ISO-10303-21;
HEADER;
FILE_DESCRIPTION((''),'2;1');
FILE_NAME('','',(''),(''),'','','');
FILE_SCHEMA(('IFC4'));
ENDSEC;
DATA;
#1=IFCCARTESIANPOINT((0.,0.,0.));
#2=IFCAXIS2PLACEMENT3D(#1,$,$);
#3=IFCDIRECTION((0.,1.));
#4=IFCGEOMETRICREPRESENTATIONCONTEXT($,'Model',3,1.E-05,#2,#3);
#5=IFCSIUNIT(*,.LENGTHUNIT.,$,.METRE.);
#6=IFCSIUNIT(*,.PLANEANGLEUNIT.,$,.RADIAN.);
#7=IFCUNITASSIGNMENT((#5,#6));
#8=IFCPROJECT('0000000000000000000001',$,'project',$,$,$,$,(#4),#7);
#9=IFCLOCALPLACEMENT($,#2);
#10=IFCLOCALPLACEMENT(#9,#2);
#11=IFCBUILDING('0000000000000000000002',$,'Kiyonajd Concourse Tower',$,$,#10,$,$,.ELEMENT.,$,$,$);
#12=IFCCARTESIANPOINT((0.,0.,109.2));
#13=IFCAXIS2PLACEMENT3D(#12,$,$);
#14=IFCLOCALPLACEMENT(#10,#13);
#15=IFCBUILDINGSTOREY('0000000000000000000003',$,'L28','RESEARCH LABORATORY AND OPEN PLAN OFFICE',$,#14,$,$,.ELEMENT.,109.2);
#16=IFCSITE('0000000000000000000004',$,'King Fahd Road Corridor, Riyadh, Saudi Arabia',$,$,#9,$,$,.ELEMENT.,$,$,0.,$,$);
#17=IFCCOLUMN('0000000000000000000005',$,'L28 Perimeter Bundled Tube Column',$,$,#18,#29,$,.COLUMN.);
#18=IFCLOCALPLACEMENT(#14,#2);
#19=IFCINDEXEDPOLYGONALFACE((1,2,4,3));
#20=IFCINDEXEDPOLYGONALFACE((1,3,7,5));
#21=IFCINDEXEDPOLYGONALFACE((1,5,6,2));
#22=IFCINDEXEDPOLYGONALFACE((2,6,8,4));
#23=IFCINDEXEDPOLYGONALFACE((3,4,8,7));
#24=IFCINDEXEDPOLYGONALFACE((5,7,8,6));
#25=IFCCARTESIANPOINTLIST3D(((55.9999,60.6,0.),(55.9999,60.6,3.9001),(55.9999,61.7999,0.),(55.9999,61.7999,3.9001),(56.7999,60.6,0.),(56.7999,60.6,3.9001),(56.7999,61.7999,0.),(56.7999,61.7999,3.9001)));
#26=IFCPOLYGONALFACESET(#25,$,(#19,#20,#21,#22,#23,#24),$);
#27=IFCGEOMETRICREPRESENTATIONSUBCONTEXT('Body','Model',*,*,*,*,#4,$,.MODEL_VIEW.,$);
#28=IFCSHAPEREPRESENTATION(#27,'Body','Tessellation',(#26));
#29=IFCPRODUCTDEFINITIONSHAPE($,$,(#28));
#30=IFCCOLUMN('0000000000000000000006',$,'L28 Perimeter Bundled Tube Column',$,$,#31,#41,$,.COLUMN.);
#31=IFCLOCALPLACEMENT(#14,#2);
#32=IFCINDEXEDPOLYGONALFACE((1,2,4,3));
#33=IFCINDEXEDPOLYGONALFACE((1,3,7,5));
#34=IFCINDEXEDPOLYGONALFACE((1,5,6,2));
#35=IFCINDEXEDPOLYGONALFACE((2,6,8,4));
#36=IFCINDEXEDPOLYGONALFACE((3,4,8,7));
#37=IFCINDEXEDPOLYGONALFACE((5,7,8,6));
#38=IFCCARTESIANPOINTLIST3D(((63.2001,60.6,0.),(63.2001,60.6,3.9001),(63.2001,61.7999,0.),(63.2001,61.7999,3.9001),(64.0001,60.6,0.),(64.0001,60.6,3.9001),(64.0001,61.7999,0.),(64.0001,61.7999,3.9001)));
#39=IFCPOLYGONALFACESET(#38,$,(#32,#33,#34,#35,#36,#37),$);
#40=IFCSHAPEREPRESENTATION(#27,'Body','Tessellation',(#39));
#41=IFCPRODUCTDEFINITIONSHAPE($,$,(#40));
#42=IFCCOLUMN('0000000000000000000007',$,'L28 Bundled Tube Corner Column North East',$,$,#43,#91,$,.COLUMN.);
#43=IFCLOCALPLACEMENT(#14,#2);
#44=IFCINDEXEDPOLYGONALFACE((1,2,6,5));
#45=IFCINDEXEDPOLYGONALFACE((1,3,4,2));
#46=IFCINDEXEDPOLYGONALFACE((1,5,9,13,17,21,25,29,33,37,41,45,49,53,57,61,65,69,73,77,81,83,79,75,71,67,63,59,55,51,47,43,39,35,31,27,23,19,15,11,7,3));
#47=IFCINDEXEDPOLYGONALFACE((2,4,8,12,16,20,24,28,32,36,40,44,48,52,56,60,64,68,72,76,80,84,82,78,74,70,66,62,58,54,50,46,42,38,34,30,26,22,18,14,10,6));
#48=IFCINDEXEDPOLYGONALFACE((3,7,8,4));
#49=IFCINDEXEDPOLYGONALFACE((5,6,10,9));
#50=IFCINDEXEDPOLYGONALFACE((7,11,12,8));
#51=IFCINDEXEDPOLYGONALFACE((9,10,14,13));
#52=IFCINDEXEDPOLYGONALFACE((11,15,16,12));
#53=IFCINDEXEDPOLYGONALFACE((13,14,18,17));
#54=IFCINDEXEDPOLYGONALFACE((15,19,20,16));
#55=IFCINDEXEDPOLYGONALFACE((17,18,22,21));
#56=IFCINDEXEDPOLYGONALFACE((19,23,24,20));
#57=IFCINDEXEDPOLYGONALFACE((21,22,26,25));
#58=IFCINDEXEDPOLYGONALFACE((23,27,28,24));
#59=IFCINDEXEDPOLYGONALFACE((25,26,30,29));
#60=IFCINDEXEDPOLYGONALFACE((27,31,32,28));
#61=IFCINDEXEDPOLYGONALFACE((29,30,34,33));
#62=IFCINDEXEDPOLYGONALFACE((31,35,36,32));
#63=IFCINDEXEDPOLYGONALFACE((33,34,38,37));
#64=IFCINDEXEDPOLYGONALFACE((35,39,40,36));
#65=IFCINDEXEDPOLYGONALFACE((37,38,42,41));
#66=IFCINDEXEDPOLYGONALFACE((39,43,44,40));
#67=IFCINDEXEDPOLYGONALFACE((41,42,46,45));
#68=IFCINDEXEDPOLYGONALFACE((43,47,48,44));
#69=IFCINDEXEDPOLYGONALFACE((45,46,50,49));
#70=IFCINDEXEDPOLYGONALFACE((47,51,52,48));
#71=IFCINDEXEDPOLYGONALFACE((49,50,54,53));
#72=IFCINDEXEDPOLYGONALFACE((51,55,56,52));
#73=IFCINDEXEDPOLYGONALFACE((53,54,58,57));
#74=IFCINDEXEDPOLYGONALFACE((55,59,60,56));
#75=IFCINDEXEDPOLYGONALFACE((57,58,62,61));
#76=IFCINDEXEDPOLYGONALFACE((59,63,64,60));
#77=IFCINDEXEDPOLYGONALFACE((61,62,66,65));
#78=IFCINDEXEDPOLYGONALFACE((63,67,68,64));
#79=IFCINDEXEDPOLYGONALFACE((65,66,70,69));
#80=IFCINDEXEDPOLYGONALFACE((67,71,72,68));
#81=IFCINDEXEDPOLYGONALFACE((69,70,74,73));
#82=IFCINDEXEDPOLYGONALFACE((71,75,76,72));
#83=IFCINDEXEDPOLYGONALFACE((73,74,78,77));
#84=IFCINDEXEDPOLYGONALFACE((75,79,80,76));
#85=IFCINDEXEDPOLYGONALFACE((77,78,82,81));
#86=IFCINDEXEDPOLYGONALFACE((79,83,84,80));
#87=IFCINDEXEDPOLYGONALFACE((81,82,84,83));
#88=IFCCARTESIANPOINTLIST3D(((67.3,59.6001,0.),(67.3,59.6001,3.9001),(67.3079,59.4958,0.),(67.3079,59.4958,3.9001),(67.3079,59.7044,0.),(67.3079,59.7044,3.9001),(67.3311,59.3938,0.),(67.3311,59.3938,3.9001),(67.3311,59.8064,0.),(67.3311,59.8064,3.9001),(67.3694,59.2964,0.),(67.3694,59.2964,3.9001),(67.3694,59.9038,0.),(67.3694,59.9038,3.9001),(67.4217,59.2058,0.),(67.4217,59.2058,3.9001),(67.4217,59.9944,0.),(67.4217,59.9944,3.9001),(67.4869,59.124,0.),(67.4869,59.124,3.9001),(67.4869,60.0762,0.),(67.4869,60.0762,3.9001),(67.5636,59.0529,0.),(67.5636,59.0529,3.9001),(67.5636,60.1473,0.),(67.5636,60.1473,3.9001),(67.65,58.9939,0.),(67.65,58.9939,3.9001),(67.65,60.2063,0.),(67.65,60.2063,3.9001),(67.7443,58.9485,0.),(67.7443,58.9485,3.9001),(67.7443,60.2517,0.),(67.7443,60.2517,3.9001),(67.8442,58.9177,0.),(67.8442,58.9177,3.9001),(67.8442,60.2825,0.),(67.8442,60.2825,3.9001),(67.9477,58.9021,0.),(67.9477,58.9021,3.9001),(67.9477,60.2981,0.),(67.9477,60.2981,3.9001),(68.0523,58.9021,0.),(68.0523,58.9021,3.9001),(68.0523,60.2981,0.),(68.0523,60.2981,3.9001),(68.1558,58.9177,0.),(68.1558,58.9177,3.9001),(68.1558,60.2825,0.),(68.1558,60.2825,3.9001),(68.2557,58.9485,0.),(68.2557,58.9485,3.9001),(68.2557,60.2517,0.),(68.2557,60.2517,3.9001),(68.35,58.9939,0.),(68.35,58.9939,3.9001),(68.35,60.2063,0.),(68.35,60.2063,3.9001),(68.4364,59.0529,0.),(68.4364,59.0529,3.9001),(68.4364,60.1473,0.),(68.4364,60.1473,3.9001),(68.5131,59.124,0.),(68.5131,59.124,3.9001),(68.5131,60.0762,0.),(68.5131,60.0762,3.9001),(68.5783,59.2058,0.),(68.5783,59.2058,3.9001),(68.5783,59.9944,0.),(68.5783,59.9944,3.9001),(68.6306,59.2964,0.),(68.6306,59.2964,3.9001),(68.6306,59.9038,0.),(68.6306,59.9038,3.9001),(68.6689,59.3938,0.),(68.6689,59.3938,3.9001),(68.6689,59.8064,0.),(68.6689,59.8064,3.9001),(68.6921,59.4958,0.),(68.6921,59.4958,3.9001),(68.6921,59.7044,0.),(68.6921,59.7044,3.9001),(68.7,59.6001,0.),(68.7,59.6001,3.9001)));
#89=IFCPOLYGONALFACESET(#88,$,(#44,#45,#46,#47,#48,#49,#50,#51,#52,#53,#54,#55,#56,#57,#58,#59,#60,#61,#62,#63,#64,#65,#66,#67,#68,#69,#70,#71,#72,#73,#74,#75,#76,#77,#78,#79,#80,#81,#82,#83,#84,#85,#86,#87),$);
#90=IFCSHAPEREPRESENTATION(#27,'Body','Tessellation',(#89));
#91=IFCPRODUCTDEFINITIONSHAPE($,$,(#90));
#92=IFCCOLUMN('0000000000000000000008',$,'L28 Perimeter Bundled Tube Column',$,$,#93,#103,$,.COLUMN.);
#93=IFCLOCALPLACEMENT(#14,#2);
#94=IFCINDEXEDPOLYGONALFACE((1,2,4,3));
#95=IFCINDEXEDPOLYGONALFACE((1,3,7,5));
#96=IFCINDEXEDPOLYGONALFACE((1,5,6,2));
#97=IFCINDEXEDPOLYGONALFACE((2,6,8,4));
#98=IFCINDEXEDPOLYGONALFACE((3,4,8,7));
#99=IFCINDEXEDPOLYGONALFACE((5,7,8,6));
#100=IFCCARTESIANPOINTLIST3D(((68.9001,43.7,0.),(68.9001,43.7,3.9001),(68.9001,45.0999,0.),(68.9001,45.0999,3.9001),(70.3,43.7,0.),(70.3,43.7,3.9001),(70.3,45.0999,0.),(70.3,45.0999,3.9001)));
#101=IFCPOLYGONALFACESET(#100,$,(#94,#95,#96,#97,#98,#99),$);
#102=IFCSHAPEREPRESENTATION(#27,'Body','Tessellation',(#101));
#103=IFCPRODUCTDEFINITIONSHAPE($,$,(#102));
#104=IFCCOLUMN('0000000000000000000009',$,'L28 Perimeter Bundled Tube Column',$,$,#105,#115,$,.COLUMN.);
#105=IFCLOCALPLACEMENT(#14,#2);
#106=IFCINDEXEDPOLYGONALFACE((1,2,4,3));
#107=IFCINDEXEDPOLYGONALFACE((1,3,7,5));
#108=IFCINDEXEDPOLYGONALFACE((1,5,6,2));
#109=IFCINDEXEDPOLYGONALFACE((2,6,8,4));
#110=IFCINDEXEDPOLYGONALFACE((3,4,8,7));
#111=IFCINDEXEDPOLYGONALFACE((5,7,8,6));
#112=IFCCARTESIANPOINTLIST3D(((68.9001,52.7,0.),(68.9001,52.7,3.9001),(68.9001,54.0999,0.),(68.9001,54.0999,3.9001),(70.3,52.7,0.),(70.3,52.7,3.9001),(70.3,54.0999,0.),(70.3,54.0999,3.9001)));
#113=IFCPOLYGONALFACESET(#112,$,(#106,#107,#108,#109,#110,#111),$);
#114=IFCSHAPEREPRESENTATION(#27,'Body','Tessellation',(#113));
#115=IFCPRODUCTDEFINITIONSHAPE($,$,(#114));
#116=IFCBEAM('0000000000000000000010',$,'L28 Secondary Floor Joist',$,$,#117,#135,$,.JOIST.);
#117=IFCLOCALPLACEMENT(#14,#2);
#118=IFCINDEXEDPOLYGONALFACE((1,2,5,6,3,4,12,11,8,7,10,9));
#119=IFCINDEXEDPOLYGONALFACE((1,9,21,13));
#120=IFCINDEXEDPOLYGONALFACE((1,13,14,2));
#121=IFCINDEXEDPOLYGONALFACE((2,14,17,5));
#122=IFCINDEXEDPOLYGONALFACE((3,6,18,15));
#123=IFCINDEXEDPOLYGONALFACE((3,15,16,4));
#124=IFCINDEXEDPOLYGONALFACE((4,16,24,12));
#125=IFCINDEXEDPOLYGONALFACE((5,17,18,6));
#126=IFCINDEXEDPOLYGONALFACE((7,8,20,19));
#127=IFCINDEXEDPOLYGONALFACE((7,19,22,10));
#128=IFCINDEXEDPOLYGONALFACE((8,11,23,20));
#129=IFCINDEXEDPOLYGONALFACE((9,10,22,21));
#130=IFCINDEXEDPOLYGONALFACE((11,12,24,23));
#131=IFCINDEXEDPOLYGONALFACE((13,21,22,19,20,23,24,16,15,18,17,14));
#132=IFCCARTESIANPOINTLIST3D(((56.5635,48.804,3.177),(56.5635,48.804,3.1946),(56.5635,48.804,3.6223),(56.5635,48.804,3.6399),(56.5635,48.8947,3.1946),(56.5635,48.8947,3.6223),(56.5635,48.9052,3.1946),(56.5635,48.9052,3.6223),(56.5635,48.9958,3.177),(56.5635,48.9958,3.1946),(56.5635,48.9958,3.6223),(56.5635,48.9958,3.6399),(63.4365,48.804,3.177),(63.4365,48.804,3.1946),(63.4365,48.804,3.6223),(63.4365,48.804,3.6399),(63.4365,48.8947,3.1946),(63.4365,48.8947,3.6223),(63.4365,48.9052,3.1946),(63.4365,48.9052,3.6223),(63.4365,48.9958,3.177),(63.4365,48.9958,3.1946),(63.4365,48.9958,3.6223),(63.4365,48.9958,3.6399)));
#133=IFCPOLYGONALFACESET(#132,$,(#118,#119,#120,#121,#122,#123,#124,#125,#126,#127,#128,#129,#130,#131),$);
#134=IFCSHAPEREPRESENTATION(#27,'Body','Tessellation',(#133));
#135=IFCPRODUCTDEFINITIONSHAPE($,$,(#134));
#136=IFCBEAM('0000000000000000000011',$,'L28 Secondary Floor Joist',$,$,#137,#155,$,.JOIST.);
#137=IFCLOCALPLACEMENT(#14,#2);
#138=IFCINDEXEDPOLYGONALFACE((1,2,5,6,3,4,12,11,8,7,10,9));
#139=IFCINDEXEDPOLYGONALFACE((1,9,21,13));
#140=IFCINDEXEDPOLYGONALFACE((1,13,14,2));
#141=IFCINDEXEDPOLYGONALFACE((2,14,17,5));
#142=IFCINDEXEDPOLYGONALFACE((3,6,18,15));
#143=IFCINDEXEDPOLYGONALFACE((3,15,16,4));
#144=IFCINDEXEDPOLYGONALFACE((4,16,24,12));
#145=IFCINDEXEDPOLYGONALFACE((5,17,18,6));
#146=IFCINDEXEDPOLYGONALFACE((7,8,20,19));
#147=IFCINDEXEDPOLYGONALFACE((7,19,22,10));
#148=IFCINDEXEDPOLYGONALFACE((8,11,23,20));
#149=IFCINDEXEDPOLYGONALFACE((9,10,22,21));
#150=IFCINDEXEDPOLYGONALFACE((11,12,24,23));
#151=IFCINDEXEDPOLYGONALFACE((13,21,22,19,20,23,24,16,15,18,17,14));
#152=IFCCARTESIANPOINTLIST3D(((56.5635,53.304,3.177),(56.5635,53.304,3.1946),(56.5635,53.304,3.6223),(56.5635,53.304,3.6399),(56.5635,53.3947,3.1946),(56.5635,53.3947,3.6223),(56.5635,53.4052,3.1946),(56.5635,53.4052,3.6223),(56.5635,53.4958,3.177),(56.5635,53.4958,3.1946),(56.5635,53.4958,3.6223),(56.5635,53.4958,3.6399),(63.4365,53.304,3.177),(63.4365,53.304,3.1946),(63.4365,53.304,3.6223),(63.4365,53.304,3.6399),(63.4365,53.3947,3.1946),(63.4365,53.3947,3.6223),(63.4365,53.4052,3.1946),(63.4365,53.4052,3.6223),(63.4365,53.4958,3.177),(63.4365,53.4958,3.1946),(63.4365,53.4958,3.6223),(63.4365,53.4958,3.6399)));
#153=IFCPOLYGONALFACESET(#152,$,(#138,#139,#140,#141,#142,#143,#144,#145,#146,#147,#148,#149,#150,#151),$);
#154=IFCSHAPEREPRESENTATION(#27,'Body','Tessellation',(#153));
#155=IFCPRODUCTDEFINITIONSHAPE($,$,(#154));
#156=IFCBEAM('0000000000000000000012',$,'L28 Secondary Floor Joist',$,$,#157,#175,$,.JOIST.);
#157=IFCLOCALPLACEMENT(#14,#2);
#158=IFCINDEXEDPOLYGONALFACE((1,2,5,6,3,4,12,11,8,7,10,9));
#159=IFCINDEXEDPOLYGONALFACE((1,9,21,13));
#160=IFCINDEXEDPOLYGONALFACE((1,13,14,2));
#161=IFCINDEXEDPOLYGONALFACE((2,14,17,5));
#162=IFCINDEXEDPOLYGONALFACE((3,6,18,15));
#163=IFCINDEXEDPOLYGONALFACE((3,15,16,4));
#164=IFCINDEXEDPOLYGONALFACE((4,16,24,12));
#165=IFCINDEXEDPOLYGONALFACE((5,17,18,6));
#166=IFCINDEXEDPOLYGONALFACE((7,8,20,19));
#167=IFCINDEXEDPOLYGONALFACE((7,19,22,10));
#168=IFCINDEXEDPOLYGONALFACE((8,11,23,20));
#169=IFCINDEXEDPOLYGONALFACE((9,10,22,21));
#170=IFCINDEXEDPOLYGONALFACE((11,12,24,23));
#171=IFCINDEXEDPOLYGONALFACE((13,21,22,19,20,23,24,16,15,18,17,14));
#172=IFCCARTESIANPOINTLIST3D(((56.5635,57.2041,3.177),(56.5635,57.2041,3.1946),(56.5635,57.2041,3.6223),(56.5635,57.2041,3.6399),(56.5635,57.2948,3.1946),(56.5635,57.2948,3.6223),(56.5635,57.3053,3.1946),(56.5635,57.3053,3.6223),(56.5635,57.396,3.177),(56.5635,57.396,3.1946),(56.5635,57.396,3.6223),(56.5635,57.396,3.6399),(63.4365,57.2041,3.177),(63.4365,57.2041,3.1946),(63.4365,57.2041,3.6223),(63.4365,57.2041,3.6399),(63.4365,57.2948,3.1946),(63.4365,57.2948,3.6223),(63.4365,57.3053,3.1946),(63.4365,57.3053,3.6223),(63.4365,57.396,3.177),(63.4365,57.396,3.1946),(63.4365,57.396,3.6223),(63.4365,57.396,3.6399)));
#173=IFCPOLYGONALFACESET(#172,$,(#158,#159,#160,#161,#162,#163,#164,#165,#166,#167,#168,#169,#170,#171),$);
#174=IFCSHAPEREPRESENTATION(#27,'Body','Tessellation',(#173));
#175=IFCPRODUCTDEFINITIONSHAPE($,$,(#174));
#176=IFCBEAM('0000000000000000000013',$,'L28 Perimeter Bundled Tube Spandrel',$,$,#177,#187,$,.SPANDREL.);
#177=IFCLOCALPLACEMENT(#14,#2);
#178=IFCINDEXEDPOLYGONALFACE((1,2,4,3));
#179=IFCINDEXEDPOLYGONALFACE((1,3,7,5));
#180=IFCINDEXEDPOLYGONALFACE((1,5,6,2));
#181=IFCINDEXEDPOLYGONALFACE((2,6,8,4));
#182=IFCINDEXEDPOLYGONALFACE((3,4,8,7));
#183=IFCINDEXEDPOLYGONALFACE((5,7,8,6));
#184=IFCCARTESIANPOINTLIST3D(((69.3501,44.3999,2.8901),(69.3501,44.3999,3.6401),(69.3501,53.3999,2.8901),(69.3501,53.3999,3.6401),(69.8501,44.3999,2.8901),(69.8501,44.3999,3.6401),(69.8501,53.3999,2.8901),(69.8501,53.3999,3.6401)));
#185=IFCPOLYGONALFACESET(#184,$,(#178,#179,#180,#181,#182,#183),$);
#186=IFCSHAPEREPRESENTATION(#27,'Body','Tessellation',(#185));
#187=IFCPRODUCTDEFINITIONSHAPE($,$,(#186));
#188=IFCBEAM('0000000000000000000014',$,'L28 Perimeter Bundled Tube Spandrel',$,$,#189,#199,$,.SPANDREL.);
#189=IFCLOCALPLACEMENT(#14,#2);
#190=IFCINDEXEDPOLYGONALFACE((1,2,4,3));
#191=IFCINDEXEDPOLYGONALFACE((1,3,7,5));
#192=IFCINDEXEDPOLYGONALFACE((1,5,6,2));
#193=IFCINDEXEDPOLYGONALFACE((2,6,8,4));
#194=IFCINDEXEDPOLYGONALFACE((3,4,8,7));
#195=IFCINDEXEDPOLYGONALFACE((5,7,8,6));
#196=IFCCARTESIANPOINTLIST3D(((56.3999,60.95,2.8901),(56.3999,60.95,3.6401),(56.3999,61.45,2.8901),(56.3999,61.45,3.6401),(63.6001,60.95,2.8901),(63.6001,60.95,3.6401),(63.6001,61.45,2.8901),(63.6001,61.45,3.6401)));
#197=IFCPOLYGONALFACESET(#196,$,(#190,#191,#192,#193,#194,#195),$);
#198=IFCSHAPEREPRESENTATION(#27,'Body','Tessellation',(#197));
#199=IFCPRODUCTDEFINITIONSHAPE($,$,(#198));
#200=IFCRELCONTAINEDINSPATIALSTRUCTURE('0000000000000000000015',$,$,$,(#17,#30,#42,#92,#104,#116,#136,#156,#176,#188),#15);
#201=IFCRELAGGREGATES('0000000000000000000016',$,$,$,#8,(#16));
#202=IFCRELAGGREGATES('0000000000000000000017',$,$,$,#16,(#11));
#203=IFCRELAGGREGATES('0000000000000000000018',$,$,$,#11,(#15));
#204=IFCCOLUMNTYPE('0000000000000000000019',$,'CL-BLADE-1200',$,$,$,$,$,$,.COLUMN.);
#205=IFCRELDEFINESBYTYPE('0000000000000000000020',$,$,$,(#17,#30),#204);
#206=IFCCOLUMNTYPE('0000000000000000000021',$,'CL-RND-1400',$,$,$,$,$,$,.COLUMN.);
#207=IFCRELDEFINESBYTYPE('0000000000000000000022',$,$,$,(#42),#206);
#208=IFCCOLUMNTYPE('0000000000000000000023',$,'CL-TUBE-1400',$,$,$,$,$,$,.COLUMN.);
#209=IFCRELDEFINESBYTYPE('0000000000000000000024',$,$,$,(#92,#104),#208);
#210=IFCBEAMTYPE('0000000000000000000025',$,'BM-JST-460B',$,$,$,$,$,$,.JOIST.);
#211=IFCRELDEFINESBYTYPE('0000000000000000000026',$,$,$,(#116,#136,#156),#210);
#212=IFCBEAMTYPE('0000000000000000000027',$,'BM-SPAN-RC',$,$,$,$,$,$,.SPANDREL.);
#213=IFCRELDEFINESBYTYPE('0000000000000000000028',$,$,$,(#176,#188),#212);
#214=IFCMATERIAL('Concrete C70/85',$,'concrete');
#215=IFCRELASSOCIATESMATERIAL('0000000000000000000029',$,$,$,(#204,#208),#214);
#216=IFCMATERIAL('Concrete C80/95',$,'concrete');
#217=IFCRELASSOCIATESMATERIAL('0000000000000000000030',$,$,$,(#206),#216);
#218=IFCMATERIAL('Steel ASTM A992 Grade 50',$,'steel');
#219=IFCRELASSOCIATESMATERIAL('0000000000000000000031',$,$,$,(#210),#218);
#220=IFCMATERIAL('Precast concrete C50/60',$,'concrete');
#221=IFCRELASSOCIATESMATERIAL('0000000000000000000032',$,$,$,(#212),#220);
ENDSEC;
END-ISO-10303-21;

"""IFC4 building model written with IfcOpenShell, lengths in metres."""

from ifc_helpers import new_model, si_unit, direction, frame, origin, origin_2d, place, context, subcontext, project, spatial, rectangle, circle, i_section, extrude, material, material_profile, profile_set, type_object, element, save


model = new_model("IFC4")

# Units and contexts
model_context = context("Model", 3, precision=1e-05, world=origin(), true_north=direction((0.0, 1.0)))
body_context = subcontext(model_context, "Body", "Model", "MODEL_VIEW")
ifc_project = project(units=[si_unit("LENGTHUNIT", "METRE"), si_unit("PLANEANGLEUNIT", "RADIAN")], contexts=[model_context])

# Site, building, storey
site_placement = place(None, origin())
site = spatial("IfcSite", under=ifc_project, at=site_placement, Name="King Fahd Road Corridor, Riyadh, Saudi Arabia", CompositionType="ELEMENT", RefElevation=0.0)
building_placement = place(site_placement, origin())
building = spatial("IfcBuilding", under=site, at=building_placement, Name="Kiyonajd Concourse Tower", CompositionType="ELEMENT")
storey_placement = place(building_placement, frame((0.0, 0.0, 109.2)))
storey = spatial("IfcBuildingStorey", under=building, at=storey_placement, Name="L28", Description="RESEARCH LABORATORY AND OPEN PLAN OFFICE", CompositionType="ELEMENT", Elevation=109.2)

# Columns
ifc_material_1 = material(Name="Concrete C70/85", Category="concrete")
ifc_material_profile_1 = material_profile(ifc_material_1, rectangle(XDim=0.8, YDim=1.2, at=origin_2d()), Name="RC-1200x800")
ifc_profile_set_1 = profile_set([ifc_material_profile_1], Name="Concrete C70/85")
column_type_1 = type_object("IfcColumnType", Name="CL-BLADE-1200", PredefinedType="COLUMN", material=ifc_profile_set_1)
for number, where, z_axis, x_axis, name in (
    (1, (56.3999, 61.2, 0.0), (0.0, 0.0, 1.0), (1.0, 0.0, 0.0), "L28 Perimeter Bundled Tube Column"),
    (2, (63.6001, 61.2, 0.0), (0.0, 0.0, 1.0), (1.0, 0.0, 0.0), "L28 Perimeter Bundled Tube Column"),
):
    element("IfcColumn", number, at=place(storey_placement, frame(where, z_axis=z_axis, x_axis=x_axis)), inside=storey, type_object=column_type_1, Name=name, PredefinedType="COLUMN", context=body_context, shape_type="SweptSolid", body=[
        extrude(rectangle(XDim=0.8, YDim=1.2, at=origin_2d()), origin(), (0.0, 0.0, 1.0), 3.9001),
    ])
ifc_material_2 = material(Name="Concrete C80/95", Category="concrete")
ifc_material_profile_2 = material_profile(ifc_material_2, circle(Radius=0.7, at=origin_2d()), Name="RCC-D1400")
ifc_profile_set_2 = profile_set([ifc_material_profile_2], Name="Concrete C80/95")
column_type_2 = type_object("IfcColumnType", Name="CL-RND-1400", PredefinedType="COLUMN", material=ifc_profile_set_2)
column_placement = place(storey_placement, frame((68.0, 59.6001, 0.0), z_axis=(0.0, 0.0, 1.0), x_axis=(1.0, 0.0, 0.0)))
element("IfcColumn", 3, at=column_placement, inside=storey, type_object=column_type_2, Name="L28 Bundled Tube Corner Column North East", PredefinedType="COLUMN", context=body_context, shape_type="SweptSolid", body=[
    extrude(circle(Radius=0.7, at=origin_2d()), origin(), (0.0, 0.0, 1.0), 3.9001),
])
ifc_material_profile_3 = material_profile(ifc_material_1, rectangle(XDim=1.3999, YDim=1.3999, at=origin_2d()), Name="RC-1400x1400")
ifc_profile_set_3 = profile_set([ifc_material_profile_3], Name="Concrete C70/85")
column_type_3 = type_object("IfcColumnType", Name="CL-TUBE-1400", PredefinedType="COLUMN", material=ifc_profile_set_3)
for number, where, z_axis, x_axis, name in (
    (4, (69.6001, 44.3999, 0.0), (0.0, 0.0, 1.0), (1.0, 0.0, 0.0), "L28 Perimeter Bundled Tube Column"),
    (5, (69.6001, 53.3999, 0.0), (0.0, 0.0, 1.0), (1.0, 0.0, 0.0), "L28 Perimeter Bundled Tube Column"),
):
    element("IfcColumn", number, at=place(storey_placement, frame(where, z_axis=z_axis, x_axis=x_axis)), inside=storey, type_object=column_type_3, Name=name, PredefinedType="COLUMN", context=body_context, shape_type="SweptSolid", body=[
        extrude(rectangle(XDim=1.3999, YDim=1.3999, at=origin_2d()), origin(), (0.0, 0.0, 1.0), 3.9001),
    ])

# Beams
ifc_material_3 = material(Name="Steel ASTM A992 Grade 50", Category="steel")
ifc_material_profile_4 = material_profile(ifc_material_3, i_section(OverallWidth=0.1919, OverallDepth=0.4629, WebThickness=0.0105, FlangeThickness=0.0176, at=origin_2d()), Name="W460X89")
ifc_profile_set_4 = profile_set([ifc_material_profile_4], Name="Steel ASTM A992 Grade 50")
beam_type_1 = type_object("IfcBeamType", Name="BM-JST-460B", PredefinedType="JOIST", material=ifc_profile_set_4)
for number, where, z_axis, x_axis, name in (
    (6, (56.5635, 48.8999, 3.4084), (1.0, 0.0, 0.0), (0.0, 1.0, 0.0), "L28 Secondary Floor Joist"),
    (7, (56.5635, 53.3999, 3.4084), (1.0, 0.0, 0.0), (0.0, 1.0, 0.0), "L28 Secondary Floor Joist"),
    (8, (56.5635, 57.3, 3.4084), (1.0, 0.0, 0.0), (0.0, 1.0, 0.0), "L28 Secondary Floor Joist"),
):
    element("IfcBeam", number, at=place(storey_placement, frame(where, z_axis=z_axis, x_axis=x_axis)), inside=storey, type_object=beam_type_1, Name=name, PredefinedType="JOIST", context=body_context, shape_type="SweptSolid", body=[
        extrude(i_section(OverallWidth=0.1919, OverallDepth=0.4629, WebThickness=0.0105, FlangeThickness=0.0176, at=origin_2d()), origin(), (0.0, 0.0, 1.0), 6.873),
    ])
ifc_material_4 = material(Name="Precast concrete C50/60", Category="concrete")
ifc_material_profile_5 = material_profile(ifc_material_4, rectangle(XDim=0.5, YDim=0.75, at=origin_2d()), Name="RCBM-500x750")
ifc_profile_set_5 = profile_set([ifc_material_profile_5], Name="Precast concrete C50/60")
beam_type_2 = type_object("IfcBeamType", Name="BM-SPAN-RC", PredefinedType="SPANDREL", material=ifc_profile_set_5)
beam_1_placement = place(storey_placement, frame((69.6001, 44.3999, 3.2651), z_axis=(0.0, 1.0, 0.0), x_axis=(-1.0, 0.0, 0.0)))
element("IfcBeam", 9, at=beam_1_placement, inside=storey, type_object=beam_type_2, Name="L28 Perimeter Bundled Tube Spandrel", PredefinedType="SPANDREL", context=body_context, shape_type="SweptSolid", body=[
    extrude(rectangle(XDim=0.5, YDim=0.75, at=origin_2d()), origin(), (0.0, 0.0, 1.0), 9.0),
])
beam_2_placement = place(storey_placement, frame((63.6001, 61.2, 3.2651), z_axis=(-1.0, 0.0, 0.0), x_axis=(0.0, -1.0, 0.0)))
element("IfcBeam", 10, at=beam_2_placement, inside=storey, type_object=beam_type_2, Name="L28 Perimeter Bundled Tube Spandrel", PredefinedType="SPANDREL", context=body_context, shape_type="SweptSolid", body=[
    extrude(rectangle(XDim=0.5, YDim=0.75, at=origin_2d()), origin(), (0.0, 0.0, 1.0), 7.2002),
])

save(model, "model.ifc")
